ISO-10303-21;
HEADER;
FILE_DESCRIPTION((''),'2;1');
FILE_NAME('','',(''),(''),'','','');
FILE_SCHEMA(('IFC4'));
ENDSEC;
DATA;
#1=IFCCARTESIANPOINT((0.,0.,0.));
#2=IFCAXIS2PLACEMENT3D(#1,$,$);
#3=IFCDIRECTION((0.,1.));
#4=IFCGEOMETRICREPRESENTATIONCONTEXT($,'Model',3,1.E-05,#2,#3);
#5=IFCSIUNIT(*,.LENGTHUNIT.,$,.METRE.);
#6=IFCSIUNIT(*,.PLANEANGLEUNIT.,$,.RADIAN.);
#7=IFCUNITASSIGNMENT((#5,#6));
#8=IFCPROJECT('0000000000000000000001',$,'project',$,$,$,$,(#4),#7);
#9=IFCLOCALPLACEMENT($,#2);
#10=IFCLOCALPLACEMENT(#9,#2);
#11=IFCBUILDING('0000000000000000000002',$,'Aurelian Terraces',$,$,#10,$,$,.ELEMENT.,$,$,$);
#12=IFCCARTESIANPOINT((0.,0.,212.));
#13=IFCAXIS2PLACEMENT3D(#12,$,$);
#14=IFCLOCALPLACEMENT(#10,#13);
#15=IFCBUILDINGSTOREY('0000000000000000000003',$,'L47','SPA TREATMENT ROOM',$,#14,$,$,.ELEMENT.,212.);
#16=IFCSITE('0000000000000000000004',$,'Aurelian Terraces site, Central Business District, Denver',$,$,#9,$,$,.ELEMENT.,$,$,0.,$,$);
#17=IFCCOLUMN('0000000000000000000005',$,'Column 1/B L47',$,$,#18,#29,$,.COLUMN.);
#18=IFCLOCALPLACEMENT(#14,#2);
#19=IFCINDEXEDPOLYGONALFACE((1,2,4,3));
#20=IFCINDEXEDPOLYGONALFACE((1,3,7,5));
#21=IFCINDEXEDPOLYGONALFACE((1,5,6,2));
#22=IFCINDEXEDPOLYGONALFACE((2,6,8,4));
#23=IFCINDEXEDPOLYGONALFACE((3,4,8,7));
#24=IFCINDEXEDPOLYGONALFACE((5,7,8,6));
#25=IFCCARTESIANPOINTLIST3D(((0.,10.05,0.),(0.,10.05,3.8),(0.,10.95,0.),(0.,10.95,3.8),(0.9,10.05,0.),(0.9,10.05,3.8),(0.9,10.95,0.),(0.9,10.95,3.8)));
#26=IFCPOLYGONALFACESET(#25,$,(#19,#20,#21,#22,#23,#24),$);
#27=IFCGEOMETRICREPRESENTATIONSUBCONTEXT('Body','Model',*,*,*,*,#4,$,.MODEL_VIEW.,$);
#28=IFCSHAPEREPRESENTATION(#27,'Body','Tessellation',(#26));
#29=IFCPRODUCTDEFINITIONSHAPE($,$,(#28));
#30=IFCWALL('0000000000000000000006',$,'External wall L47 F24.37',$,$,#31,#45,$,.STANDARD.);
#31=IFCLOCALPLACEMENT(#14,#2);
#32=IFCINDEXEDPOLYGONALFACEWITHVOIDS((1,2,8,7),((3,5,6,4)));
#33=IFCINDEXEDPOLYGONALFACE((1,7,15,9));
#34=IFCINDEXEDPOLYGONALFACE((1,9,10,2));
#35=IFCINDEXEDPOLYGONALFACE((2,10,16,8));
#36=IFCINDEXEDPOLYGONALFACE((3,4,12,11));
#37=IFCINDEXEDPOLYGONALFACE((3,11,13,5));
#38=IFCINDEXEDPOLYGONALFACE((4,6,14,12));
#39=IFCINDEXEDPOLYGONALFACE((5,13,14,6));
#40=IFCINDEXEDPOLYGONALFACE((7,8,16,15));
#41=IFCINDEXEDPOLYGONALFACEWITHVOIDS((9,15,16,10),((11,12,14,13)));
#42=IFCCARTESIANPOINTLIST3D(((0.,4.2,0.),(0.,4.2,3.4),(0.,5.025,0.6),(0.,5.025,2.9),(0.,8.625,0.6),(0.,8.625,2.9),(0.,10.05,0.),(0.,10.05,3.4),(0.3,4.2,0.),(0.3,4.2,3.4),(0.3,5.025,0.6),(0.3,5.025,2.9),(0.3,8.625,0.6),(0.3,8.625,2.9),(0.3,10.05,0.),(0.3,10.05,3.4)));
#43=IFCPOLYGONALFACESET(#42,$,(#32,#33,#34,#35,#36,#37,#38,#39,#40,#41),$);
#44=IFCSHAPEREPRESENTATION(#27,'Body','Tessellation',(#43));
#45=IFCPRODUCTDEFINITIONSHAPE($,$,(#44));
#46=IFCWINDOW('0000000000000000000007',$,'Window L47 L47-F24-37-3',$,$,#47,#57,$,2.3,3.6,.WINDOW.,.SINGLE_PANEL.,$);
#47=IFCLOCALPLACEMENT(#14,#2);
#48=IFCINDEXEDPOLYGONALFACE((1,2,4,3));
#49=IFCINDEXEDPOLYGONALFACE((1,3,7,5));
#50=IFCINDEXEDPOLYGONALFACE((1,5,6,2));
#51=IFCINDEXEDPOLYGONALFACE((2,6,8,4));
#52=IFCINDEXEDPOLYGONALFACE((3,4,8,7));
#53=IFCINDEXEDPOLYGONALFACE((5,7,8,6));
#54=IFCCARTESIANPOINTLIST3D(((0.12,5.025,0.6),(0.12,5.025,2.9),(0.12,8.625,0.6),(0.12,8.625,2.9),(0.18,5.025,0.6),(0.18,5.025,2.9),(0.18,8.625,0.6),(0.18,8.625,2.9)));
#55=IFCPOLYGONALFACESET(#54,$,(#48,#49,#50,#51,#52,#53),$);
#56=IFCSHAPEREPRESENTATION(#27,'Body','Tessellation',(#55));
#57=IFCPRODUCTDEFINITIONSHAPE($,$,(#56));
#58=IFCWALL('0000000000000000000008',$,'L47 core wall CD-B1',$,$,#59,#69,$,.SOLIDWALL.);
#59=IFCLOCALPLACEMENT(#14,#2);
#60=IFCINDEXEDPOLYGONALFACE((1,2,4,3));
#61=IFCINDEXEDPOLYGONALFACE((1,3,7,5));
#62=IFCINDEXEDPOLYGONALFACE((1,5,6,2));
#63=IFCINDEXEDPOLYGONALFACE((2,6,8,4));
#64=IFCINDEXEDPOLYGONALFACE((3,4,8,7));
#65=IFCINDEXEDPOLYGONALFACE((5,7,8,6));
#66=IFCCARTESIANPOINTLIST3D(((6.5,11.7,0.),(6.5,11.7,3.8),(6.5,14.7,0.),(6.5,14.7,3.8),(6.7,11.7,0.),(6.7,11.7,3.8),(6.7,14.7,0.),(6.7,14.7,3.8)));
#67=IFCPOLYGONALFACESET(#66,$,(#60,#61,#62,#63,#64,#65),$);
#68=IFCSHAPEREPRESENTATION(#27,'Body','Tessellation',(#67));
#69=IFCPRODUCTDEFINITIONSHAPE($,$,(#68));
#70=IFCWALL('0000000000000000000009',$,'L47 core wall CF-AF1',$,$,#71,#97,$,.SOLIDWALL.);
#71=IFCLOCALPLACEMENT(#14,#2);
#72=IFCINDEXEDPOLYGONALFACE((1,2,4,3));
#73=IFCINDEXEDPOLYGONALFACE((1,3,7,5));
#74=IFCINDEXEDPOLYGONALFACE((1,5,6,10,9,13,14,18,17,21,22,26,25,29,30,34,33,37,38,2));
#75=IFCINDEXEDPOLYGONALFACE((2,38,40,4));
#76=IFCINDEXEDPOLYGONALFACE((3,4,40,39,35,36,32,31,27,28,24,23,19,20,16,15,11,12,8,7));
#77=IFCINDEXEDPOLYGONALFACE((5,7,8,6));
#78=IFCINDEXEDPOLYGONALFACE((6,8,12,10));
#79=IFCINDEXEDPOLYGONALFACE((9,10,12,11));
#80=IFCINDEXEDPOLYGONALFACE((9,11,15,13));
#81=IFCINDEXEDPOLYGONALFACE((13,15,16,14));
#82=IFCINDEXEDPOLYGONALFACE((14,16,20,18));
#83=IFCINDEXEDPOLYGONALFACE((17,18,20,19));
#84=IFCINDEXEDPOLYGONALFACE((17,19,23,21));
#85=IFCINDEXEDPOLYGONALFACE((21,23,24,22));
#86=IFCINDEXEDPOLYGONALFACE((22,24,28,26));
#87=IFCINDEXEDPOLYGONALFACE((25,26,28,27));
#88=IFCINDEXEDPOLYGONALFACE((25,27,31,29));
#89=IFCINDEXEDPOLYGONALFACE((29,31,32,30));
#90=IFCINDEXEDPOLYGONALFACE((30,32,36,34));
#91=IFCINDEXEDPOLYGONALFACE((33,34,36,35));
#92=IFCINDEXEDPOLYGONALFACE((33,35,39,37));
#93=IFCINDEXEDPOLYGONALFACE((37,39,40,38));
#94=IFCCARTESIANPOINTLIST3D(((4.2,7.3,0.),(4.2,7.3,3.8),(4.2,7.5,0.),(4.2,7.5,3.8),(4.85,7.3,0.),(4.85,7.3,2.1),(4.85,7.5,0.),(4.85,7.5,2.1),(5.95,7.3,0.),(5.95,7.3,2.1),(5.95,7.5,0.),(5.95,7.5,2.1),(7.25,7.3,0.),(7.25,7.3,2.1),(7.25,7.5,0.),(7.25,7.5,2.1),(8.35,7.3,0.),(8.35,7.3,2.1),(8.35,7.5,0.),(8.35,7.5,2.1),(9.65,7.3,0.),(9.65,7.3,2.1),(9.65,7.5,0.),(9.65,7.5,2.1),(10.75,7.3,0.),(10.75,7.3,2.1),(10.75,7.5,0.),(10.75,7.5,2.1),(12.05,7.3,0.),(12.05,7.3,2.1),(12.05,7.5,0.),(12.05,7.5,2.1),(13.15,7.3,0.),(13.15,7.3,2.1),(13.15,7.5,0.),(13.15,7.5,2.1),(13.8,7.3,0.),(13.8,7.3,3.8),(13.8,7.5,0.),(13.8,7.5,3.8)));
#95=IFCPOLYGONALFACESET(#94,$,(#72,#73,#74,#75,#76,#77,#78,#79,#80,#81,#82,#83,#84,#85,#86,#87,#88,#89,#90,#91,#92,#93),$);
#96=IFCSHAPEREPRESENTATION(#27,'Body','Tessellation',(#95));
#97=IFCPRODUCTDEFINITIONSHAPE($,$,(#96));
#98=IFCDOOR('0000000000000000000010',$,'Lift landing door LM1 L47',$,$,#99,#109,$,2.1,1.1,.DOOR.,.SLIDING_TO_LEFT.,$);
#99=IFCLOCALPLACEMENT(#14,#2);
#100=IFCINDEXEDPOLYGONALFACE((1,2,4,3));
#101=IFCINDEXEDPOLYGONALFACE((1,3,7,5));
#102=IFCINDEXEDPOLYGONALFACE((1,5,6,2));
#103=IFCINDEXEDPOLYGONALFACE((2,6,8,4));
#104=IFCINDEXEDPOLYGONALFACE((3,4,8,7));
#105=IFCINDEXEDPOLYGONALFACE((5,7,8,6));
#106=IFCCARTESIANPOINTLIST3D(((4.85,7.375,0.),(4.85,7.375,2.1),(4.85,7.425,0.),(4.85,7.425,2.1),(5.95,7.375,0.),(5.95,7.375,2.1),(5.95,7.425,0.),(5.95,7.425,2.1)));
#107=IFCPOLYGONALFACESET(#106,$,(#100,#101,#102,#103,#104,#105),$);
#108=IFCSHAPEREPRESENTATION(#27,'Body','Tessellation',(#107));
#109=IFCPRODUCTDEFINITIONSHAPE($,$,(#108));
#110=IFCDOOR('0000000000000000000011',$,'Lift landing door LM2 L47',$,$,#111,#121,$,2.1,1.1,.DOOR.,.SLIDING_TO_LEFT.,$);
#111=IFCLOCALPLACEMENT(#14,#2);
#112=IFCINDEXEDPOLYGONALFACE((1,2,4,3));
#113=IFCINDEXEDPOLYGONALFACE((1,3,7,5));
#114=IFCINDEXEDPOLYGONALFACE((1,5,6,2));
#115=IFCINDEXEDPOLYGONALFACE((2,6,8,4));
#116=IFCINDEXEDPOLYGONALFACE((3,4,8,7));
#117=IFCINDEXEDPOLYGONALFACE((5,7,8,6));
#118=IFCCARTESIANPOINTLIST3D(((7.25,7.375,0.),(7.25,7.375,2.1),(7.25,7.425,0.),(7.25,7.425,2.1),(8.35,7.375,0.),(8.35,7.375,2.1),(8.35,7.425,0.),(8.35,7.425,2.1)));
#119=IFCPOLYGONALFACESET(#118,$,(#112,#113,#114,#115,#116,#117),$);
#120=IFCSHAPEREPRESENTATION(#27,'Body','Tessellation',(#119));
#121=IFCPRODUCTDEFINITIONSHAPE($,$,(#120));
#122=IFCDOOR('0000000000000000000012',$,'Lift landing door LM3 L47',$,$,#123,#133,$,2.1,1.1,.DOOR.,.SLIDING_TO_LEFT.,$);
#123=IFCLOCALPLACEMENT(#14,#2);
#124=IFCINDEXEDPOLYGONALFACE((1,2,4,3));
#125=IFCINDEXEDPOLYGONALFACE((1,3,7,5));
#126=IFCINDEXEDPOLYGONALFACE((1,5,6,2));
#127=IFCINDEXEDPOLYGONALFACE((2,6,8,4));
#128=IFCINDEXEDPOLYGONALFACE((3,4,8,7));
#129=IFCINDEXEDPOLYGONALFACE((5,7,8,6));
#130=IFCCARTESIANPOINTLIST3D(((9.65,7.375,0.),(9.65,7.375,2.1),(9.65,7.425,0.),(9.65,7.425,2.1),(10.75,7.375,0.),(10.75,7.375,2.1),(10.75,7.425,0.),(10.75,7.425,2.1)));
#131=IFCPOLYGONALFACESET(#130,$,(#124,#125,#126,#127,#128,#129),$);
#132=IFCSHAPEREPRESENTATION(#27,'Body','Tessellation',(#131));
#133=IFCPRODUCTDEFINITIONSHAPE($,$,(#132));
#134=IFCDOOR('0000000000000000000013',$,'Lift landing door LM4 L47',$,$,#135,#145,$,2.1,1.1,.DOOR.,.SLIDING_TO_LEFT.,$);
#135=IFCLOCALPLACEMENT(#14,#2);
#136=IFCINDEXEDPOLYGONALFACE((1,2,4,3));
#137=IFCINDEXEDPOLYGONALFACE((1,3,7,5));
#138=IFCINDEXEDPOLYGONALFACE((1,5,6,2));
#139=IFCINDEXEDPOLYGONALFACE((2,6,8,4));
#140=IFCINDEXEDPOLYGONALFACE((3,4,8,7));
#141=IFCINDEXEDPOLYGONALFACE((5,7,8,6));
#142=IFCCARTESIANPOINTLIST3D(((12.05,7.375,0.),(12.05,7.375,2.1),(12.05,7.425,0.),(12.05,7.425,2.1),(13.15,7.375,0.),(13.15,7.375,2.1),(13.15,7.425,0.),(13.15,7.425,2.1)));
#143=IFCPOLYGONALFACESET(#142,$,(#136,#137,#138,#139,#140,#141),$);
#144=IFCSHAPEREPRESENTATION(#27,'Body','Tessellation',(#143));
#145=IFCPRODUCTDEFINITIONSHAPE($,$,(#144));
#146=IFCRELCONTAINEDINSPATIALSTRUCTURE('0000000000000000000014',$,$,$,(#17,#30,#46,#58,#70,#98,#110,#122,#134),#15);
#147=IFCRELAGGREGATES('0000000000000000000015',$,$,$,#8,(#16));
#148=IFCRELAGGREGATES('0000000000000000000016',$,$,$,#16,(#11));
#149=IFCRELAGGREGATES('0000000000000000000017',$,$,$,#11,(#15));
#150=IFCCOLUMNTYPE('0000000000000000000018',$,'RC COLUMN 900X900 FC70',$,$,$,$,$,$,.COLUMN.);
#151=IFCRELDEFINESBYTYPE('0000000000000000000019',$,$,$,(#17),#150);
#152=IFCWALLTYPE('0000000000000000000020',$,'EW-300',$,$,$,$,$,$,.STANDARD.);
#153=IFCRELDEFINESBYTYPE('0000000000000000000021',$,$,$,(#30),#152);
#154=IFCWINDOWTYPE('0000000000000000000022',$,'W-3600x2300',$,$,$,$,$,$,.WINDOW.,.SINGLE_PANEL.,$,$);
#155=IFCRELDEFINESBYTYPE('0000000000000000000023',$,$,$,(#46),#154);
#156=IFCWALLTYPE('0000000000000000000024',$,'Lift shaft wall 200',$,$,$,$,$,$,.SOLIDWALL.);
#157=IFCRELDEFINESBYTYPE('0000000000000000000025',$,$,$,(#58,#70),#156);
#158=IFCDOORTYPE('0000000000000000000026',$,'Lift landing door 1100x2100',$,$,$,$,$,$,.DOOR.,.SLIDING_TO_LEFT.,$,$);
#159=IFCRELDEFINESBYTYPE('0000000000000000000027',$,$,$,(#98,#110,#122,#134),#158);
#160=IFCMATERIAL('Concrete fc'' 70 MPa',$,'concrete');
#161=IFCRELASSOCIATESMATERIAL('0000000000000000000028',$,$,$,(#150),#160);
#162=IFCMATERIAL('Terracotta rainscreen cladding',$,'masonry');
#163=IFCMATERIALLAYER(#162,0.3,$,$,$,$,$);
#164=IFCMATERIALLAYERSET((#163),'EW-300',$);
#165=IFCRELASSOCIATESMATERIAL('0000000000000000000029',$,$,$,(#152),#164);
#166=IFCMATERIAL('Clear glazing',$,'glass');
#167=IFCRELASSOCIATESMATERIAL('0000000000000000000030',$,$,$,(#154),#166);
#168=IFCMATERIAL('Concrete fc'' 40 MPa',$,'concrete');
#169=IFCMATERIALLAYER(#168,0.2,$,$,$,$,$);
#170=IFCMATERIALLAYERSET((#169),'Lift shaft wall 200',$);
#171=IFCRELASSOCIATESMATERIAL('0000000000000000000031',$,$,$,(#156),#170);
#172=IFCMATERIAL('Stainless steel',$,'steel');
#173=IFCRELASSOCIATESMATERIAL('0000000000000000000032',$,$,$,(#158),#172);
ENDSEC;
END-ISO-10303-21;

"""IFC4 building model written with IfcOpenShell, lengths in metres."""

from ifc_helpers import new_model, si_unit, direction, frame, frame_2d, origin, origin_2d, place, context, subcontext, project, spatial, rectangle, extrude, source, transform, mapped, material, layer, layer_set, material_profile, profile_set, type_object, element, fill, save


model = new_model("IFC4")

# Units and contexts
model_context = context("Model", 3, precision=1e-05, world=origin(), true_north=direction((0.0, 1.0)))
body_context = subcontext(model_context, "Body", "Model", "MODEL_VIEW")
ifc_project = project(units=[si_unit("LENGTHUNIT", "METRE"), si_unit("PLANEANGLEUNIT", "RADIAN")], contexts=[model_context])

# Site, building, storey
site_placement = place(None, origin())
site = spatial("IfcSite", under=ifc_project, at=site_placement, Name="Aurelian Terraces site, Central Business District, Denver", CompositionType="ELEMENT", RefElevation=0.0)
building_placement = place(site_placement, origin())
building = spatial("IfcBuilding", under=site, at=building_placement, Name="Aurelian Terraces", CompositionType="ELEMENT")
storey_placement = place(building_placement, frame((0.0, 0.0, 212.0)))
storey = spatial("IfcBuildingStorey", under=building, at=storey_placement, Name="L47", Description="SPA TREATMENT ROOM", CompositionType="ELEMENT", Elevation=212.0)

# Column
ifc_material_1 = material(Name="Concrete fc' 70 MPa", Category="concrete")
ifc_material_profile = material_profile(ifc_material_1, rectangle(XDim=0.9, YDim=0.9, at=origin_2d()))
ifc_profile_set = profile_set([ifc_material_profile], Name="Concrete fc' 70 MPa")
column_type = type_object("IfcColumnType", Name="RC COLUMN 900X900 FC70", PredefinedType="COLUMN", material=ifc_profile_set)
shared_shape_1 = source(origin(), body_context, "Body", "SweptSolid", [
    extrude(rectangle(XDim=0.9, YDim=0.9, at=origin_2d()), origin(), (0.0, 0.0, 1.0), 3.8),
])
column_placement = place(storey_placement, frame((0.45, 10.5, 0.0), z_axis=(0.0, 0.0, 1.0), x_axis=(1.0, 0.0, 0.0)))
element("IfcColumn", 1, at=column_placement, inside=storey, type_object=column_type, Name="Column 1/B L47", PredefinedType="COLUMN", context=body_context, shape_type="MappedRepresentation", body=[
    mapped(shared_shape_1, transform((0.0, 0.0, 0.0), scale=1.0)),
])

# Wall, opening, window
ifc_material_2 = material(Name="Terracotta rainscreen cladding", Category="masonry")
ifc_layer_1 = layer(ifc_material_2, 0.3)
ifc_layer_set_1 = layer_set([ifc_layer_1], Name="EW-300")
wall_type_1 = type_object("IfcWallType", Name="EW-300", PredefinedType="STANDARD", material=ifc_layer_set_1)
shared_shape_2 = source(origin(), body_context, "Body", "SweptSolid", [
    extrude(rectangle(XDim=5.85, YDim=0.3, at=frame_2d((2.925, 0.0))), origin(), (0.0, 0.0, 1.0), 3.4),
])
wall_1_placement = place(storey_placement, frame((0.15, 10.05, 0.0), z_axis=(0.0, 0.0, 1.0), x_axis=(0.0, -1.0, 0.0)))
wall_1 = element("IfcWall", 2, at=wall_1_placement, inside=storey, type_object=wall_type_1, Name="External wall L47 F24.37", PredefinedType="STANDARD", context=body_context, shape_type="MappedRepresentation", body=[
    mapped(shared_shape_2, transform((0.0, 0.0, 0.0), scale=1.0)),
])
shared_shape_3 = source(origin(), body_context, "Body", "SweptSolid", [
    extrude(rectangle(XDim=3.6, YDim=2.3, at=frame_2d((1.8, 1.15))), frame((0.0, 0.16, 0.0), z_axis=(0.0, -1.0, 0.0), x_axis=(1.0, 0.0, 0.0)), (0.0, 0.0, 1.0), 0.32),
])
opening_1_placement = place(wall_1_placement, frame((1.425, 0.0, 0.6)))
opening_1 = element("IfcOpeningElement", 3, at=opening_1_placement, cuts=wall_1, PredefinedType="OPENING", context=body_context, shape_type="MappedRepresentation", body=[
    mapped(shared_shape_3, transform((0.0, 0.0, 0.0), scale=1.0)),
])
ifc_material_3 = material(Name="Clear glazing", Category="glass")
window_type = type_object("IfcWindowType", Name="W-3600x2300", PartitioningType="SINGLE_PANEL", PredefinedType="WINDOW", material=ifc_material_3)
shared_shape_4 = source(origin(), body_context, "Body", "SweptSolid", [
    extrude(rectangle(XDim=3.6, YDim=2.3, at=frame_2d((1.8, 1.15))), frame((0.0, 0.03, 0.0), z_axis=(0.0, -1.0, 0.0), x_axis=(1.0, 0.0, 0.0)), (0.0, 0.0, 1.0), 0.06),
])
window_placement = place(opening_1_placement, origin())
window = element("IfcWindow", 4, at=window_placement, inside=storey, type_object=window_type, Name="Window L47 L47-F24-37-3", OverallHeight=2.3, OverallWidth=3.6, PartitioningType="SINGLE_PANEL", PredefinedType="WINDOW", context=body_context, shape_type="MappedRepresentation", body=[
    mapped(shared_shape_4, transform((0.0, 0.0, 0.0), scale=1.0)),
])
fill(opening_1, window)

# Wall
ifc_material_4 = material(Name="Concrete fc' 40 MPa", Category="concrete")
ifc_layer_2 = layer(ifc_material_4, 0.2)
ifc_layer_set_2 = layer_set([ifc_layer_2], Name="Lift shaft wall 200")
wall_type_2 = type_object("IfcWallType", Name="Lift shaft wall 200", PredefinedType="SOLIDWALL", material=ifc_layer_set_2)
shared_shape_5 = source(origin(), body_context, "Body", "SweptSolid", [
    extrude(rectangle(XDim=3.0, YDim=0.2, at=frame_2d((1.5, 0.0))), origin(), (0.0, 0.0, 1.0), 3.8),
])
wall_2_placement = place(storey_placement, frame((6.6, 11.7, 0.0), z_axis=(0.0, 0.0, 1.0), x_axis=(0.0, 1.0, 0.0)))
element("IfcWall", 5, at=wall_2_placement, inside=storey, type_object=wall_type_2, Name="L47 core wall CD-B1", PredefinedType="SOLIDWALL", context=body_context, shape_type="MappedRepresentation", body=[
    mapped(shared_shape_5, transform((0.0, 0.0, 0.0), scale=1.0)),
])

# Wall, openings, doors
shared_shape_6 = source(origin(), body_context, "Body", "SweptSolid", [
    extrude(rectangle(XDim=9.6, YDim=0.2, at=frame_2d((4.8, 0.0))), origin(), (0.0, 0.0, 1.0), 3.8),
])
wall_3_placement = place(storey_placement, frame((4.2, 7.4, 0.0), z_axis=(0.0, 0.0, 1.0), x_axis=(1.0, 0.0, 0.0)))
wall_3 = element("IfcWall", 6, at=wall_3_placement, inside=storey, type_object=wall_type_2, Name="L47 core wall CF-AF1", PredefinedType="SOLIDWALL", context=body_context, shape_type="MappedRepresentation", body=[
    mapped(shared_shape_6, transform((0.0, 0.0, 0.0), scale=1.0)),
])
shared_shape_7 = source(origin(), body_context, "Body", "SweptSolid", [
    extrude(rectangle(XDim=1.1, YDim=2.1, at=frame_2d((0.55, 1.05))), frame((0.0, 0.11, 0.0), z_axis=(0.0, -1.0, 0.0), x_axis=(1.0, 0.0, 0.0)), (0.0, 0.0, 1.0), 0.22),
])
opening_2_placement = place(wall_3_placement, frame((0.65, 0.0, 0.0)))
opening_2 = element("IfcOpeningElement", 7, at=opening_2_placement, cuts=wall_3, PredefinedType="OPENING", context=body_context, shape_type="MappedRepresentation", body=[
    mapped(shared_shape_7, transform((0.0, 0.0, 0.0), scale=1.0)),
])
opening_3_placement = place(wall_3_placement, frame((3.05, 0.0, 0.0)))
opening_3 = element("IfcOpeningElement", 8, at=opening_3_placement, cuts=wall_3, PredefinedType="OPENING", context=body_context, shape_type="MappedRepresentation", body=[
    mapped(shared_shape_7, transform((0.0, 0.0, 0.0), scale=1.0)),
])
opening_4_placement = place(wall_3_placement, frame((5.45, 0.0, 0.0)))
opening_4 = element("IfcOpeningElement", 9, at=opening_4_placement, cuts=wall_3, PredefinedType="OPENING", context=body_context, shape_type="MappedRepresentation", body=[
    mapped(shared_shape_7, transform((0.0, 0.0, 0.0), scale=1.0)),
])
opening_5_placement = place(wall_3_placement, frame((7.85, 0.0, 0.0)))
opening_5 = element("IfcOpeningElement", 10, at=opening_5_placement, cuts=wall_3, PredefinedType="OPENING", context=body_context, shape_type="MappedRepresentation", body=[
    mapped(shared_shape_7, transform((0.0, 0.0, 0.0), scale=1.0)),
])
ifc_material_5 = material(Name="Stainless steel", Category="steel")
door_type_1 = type_object("IfcDoorType", Name="Lift landing door 1100x2100", OperationType="SLIDING_TO_LEFT", PredefinedType="DOOR", material=ifc_material_5)
shared_shape_8 = source(origin(), body_context, "Body", "SweptSolid", [
    extrude(rectangle(XDim=1.1, YDim=2.1, at=frame_2d((0.55, 1.05))), frame((0.0, 0.025, 0.0), z_axis=(0.0, -1.0, 0.0), x_axis=(1.0, 0.0, 0.0)), (0.0, 0.0, 1.0), 0.05),
])
door_1_placement = place(opening_2_placement, origin())
door_1 = element("IfcDoor", 11, at=door_1_placement, inside=storey, type_object=door_type_1, Name="Lift landing door LM1 L47", OperationType="SLIDING_TO_LEFT", OverallHeight=2.1, OverallWidth=1.1, PredefinedType="DOOR", context=body_context, shape_type="MappedRepresentation", body=[
    mapped(shared_shape_8, transform((0.0, 0.0, 0.0), scale=1.0)),
])
fill(opening_2, door_1)
door_2_placement = place(opening_3_placement, origin())
door_2 = element("IfcDoor", 12, at=door_2_placement, inside=storey, type_object=door_type_1, Name="Lift landing door LM2 L47", OperationType="SLIDING_TO_LEFT", OverallHeight=2.1, OverallWidth=1.1, PredefinedType="DOOR", context=body_context, shape_type="MappedRepresentation", body=[
    mapped(shared_shape_8, transform((0.0, 0.0, 0.0), scale=1.0)),
])
fill(opening_3, door_2)
door_3_placement = place(opening_4_placement, origin())
door_3 = element("IfcDoor", 13, at=door_3_placement, inside=storey, type_object=door_type_1, Name="Lift landing door LM3 L47", OperationType="SLIDING_TO_LEFT", OverallHeight=2.1, OverallWidth=1.1, PredefinedType="DOOR", context=body_context, shape_type="MappedRepresentation", body=[
    mapped(shared_shape_8, transform((0.0, 0.0, 0.0), scale=1.0)),
])
fill(opening_4, door_3)
door_4_placement = place(opening_5_placement, origin())
door_4 = element("IfcDoor", 14, at=door_4_placement, inside=storey, type_object=door_type_1, Name="Lift landing door LM4 L47", OperationType="SLIDING_TO_LEFT", OverallHeight=2.1, OverallWidth=1.1, PredefinedType="DOOR", context=body_context, shape_type="MappedRepresentation", body=[
    mapped(shared_shape_8, transform((0.0, 0.0, 0.0), scale=1.0)),
])
fill(opening_5, door_4)

save(model, "model.ifc")
